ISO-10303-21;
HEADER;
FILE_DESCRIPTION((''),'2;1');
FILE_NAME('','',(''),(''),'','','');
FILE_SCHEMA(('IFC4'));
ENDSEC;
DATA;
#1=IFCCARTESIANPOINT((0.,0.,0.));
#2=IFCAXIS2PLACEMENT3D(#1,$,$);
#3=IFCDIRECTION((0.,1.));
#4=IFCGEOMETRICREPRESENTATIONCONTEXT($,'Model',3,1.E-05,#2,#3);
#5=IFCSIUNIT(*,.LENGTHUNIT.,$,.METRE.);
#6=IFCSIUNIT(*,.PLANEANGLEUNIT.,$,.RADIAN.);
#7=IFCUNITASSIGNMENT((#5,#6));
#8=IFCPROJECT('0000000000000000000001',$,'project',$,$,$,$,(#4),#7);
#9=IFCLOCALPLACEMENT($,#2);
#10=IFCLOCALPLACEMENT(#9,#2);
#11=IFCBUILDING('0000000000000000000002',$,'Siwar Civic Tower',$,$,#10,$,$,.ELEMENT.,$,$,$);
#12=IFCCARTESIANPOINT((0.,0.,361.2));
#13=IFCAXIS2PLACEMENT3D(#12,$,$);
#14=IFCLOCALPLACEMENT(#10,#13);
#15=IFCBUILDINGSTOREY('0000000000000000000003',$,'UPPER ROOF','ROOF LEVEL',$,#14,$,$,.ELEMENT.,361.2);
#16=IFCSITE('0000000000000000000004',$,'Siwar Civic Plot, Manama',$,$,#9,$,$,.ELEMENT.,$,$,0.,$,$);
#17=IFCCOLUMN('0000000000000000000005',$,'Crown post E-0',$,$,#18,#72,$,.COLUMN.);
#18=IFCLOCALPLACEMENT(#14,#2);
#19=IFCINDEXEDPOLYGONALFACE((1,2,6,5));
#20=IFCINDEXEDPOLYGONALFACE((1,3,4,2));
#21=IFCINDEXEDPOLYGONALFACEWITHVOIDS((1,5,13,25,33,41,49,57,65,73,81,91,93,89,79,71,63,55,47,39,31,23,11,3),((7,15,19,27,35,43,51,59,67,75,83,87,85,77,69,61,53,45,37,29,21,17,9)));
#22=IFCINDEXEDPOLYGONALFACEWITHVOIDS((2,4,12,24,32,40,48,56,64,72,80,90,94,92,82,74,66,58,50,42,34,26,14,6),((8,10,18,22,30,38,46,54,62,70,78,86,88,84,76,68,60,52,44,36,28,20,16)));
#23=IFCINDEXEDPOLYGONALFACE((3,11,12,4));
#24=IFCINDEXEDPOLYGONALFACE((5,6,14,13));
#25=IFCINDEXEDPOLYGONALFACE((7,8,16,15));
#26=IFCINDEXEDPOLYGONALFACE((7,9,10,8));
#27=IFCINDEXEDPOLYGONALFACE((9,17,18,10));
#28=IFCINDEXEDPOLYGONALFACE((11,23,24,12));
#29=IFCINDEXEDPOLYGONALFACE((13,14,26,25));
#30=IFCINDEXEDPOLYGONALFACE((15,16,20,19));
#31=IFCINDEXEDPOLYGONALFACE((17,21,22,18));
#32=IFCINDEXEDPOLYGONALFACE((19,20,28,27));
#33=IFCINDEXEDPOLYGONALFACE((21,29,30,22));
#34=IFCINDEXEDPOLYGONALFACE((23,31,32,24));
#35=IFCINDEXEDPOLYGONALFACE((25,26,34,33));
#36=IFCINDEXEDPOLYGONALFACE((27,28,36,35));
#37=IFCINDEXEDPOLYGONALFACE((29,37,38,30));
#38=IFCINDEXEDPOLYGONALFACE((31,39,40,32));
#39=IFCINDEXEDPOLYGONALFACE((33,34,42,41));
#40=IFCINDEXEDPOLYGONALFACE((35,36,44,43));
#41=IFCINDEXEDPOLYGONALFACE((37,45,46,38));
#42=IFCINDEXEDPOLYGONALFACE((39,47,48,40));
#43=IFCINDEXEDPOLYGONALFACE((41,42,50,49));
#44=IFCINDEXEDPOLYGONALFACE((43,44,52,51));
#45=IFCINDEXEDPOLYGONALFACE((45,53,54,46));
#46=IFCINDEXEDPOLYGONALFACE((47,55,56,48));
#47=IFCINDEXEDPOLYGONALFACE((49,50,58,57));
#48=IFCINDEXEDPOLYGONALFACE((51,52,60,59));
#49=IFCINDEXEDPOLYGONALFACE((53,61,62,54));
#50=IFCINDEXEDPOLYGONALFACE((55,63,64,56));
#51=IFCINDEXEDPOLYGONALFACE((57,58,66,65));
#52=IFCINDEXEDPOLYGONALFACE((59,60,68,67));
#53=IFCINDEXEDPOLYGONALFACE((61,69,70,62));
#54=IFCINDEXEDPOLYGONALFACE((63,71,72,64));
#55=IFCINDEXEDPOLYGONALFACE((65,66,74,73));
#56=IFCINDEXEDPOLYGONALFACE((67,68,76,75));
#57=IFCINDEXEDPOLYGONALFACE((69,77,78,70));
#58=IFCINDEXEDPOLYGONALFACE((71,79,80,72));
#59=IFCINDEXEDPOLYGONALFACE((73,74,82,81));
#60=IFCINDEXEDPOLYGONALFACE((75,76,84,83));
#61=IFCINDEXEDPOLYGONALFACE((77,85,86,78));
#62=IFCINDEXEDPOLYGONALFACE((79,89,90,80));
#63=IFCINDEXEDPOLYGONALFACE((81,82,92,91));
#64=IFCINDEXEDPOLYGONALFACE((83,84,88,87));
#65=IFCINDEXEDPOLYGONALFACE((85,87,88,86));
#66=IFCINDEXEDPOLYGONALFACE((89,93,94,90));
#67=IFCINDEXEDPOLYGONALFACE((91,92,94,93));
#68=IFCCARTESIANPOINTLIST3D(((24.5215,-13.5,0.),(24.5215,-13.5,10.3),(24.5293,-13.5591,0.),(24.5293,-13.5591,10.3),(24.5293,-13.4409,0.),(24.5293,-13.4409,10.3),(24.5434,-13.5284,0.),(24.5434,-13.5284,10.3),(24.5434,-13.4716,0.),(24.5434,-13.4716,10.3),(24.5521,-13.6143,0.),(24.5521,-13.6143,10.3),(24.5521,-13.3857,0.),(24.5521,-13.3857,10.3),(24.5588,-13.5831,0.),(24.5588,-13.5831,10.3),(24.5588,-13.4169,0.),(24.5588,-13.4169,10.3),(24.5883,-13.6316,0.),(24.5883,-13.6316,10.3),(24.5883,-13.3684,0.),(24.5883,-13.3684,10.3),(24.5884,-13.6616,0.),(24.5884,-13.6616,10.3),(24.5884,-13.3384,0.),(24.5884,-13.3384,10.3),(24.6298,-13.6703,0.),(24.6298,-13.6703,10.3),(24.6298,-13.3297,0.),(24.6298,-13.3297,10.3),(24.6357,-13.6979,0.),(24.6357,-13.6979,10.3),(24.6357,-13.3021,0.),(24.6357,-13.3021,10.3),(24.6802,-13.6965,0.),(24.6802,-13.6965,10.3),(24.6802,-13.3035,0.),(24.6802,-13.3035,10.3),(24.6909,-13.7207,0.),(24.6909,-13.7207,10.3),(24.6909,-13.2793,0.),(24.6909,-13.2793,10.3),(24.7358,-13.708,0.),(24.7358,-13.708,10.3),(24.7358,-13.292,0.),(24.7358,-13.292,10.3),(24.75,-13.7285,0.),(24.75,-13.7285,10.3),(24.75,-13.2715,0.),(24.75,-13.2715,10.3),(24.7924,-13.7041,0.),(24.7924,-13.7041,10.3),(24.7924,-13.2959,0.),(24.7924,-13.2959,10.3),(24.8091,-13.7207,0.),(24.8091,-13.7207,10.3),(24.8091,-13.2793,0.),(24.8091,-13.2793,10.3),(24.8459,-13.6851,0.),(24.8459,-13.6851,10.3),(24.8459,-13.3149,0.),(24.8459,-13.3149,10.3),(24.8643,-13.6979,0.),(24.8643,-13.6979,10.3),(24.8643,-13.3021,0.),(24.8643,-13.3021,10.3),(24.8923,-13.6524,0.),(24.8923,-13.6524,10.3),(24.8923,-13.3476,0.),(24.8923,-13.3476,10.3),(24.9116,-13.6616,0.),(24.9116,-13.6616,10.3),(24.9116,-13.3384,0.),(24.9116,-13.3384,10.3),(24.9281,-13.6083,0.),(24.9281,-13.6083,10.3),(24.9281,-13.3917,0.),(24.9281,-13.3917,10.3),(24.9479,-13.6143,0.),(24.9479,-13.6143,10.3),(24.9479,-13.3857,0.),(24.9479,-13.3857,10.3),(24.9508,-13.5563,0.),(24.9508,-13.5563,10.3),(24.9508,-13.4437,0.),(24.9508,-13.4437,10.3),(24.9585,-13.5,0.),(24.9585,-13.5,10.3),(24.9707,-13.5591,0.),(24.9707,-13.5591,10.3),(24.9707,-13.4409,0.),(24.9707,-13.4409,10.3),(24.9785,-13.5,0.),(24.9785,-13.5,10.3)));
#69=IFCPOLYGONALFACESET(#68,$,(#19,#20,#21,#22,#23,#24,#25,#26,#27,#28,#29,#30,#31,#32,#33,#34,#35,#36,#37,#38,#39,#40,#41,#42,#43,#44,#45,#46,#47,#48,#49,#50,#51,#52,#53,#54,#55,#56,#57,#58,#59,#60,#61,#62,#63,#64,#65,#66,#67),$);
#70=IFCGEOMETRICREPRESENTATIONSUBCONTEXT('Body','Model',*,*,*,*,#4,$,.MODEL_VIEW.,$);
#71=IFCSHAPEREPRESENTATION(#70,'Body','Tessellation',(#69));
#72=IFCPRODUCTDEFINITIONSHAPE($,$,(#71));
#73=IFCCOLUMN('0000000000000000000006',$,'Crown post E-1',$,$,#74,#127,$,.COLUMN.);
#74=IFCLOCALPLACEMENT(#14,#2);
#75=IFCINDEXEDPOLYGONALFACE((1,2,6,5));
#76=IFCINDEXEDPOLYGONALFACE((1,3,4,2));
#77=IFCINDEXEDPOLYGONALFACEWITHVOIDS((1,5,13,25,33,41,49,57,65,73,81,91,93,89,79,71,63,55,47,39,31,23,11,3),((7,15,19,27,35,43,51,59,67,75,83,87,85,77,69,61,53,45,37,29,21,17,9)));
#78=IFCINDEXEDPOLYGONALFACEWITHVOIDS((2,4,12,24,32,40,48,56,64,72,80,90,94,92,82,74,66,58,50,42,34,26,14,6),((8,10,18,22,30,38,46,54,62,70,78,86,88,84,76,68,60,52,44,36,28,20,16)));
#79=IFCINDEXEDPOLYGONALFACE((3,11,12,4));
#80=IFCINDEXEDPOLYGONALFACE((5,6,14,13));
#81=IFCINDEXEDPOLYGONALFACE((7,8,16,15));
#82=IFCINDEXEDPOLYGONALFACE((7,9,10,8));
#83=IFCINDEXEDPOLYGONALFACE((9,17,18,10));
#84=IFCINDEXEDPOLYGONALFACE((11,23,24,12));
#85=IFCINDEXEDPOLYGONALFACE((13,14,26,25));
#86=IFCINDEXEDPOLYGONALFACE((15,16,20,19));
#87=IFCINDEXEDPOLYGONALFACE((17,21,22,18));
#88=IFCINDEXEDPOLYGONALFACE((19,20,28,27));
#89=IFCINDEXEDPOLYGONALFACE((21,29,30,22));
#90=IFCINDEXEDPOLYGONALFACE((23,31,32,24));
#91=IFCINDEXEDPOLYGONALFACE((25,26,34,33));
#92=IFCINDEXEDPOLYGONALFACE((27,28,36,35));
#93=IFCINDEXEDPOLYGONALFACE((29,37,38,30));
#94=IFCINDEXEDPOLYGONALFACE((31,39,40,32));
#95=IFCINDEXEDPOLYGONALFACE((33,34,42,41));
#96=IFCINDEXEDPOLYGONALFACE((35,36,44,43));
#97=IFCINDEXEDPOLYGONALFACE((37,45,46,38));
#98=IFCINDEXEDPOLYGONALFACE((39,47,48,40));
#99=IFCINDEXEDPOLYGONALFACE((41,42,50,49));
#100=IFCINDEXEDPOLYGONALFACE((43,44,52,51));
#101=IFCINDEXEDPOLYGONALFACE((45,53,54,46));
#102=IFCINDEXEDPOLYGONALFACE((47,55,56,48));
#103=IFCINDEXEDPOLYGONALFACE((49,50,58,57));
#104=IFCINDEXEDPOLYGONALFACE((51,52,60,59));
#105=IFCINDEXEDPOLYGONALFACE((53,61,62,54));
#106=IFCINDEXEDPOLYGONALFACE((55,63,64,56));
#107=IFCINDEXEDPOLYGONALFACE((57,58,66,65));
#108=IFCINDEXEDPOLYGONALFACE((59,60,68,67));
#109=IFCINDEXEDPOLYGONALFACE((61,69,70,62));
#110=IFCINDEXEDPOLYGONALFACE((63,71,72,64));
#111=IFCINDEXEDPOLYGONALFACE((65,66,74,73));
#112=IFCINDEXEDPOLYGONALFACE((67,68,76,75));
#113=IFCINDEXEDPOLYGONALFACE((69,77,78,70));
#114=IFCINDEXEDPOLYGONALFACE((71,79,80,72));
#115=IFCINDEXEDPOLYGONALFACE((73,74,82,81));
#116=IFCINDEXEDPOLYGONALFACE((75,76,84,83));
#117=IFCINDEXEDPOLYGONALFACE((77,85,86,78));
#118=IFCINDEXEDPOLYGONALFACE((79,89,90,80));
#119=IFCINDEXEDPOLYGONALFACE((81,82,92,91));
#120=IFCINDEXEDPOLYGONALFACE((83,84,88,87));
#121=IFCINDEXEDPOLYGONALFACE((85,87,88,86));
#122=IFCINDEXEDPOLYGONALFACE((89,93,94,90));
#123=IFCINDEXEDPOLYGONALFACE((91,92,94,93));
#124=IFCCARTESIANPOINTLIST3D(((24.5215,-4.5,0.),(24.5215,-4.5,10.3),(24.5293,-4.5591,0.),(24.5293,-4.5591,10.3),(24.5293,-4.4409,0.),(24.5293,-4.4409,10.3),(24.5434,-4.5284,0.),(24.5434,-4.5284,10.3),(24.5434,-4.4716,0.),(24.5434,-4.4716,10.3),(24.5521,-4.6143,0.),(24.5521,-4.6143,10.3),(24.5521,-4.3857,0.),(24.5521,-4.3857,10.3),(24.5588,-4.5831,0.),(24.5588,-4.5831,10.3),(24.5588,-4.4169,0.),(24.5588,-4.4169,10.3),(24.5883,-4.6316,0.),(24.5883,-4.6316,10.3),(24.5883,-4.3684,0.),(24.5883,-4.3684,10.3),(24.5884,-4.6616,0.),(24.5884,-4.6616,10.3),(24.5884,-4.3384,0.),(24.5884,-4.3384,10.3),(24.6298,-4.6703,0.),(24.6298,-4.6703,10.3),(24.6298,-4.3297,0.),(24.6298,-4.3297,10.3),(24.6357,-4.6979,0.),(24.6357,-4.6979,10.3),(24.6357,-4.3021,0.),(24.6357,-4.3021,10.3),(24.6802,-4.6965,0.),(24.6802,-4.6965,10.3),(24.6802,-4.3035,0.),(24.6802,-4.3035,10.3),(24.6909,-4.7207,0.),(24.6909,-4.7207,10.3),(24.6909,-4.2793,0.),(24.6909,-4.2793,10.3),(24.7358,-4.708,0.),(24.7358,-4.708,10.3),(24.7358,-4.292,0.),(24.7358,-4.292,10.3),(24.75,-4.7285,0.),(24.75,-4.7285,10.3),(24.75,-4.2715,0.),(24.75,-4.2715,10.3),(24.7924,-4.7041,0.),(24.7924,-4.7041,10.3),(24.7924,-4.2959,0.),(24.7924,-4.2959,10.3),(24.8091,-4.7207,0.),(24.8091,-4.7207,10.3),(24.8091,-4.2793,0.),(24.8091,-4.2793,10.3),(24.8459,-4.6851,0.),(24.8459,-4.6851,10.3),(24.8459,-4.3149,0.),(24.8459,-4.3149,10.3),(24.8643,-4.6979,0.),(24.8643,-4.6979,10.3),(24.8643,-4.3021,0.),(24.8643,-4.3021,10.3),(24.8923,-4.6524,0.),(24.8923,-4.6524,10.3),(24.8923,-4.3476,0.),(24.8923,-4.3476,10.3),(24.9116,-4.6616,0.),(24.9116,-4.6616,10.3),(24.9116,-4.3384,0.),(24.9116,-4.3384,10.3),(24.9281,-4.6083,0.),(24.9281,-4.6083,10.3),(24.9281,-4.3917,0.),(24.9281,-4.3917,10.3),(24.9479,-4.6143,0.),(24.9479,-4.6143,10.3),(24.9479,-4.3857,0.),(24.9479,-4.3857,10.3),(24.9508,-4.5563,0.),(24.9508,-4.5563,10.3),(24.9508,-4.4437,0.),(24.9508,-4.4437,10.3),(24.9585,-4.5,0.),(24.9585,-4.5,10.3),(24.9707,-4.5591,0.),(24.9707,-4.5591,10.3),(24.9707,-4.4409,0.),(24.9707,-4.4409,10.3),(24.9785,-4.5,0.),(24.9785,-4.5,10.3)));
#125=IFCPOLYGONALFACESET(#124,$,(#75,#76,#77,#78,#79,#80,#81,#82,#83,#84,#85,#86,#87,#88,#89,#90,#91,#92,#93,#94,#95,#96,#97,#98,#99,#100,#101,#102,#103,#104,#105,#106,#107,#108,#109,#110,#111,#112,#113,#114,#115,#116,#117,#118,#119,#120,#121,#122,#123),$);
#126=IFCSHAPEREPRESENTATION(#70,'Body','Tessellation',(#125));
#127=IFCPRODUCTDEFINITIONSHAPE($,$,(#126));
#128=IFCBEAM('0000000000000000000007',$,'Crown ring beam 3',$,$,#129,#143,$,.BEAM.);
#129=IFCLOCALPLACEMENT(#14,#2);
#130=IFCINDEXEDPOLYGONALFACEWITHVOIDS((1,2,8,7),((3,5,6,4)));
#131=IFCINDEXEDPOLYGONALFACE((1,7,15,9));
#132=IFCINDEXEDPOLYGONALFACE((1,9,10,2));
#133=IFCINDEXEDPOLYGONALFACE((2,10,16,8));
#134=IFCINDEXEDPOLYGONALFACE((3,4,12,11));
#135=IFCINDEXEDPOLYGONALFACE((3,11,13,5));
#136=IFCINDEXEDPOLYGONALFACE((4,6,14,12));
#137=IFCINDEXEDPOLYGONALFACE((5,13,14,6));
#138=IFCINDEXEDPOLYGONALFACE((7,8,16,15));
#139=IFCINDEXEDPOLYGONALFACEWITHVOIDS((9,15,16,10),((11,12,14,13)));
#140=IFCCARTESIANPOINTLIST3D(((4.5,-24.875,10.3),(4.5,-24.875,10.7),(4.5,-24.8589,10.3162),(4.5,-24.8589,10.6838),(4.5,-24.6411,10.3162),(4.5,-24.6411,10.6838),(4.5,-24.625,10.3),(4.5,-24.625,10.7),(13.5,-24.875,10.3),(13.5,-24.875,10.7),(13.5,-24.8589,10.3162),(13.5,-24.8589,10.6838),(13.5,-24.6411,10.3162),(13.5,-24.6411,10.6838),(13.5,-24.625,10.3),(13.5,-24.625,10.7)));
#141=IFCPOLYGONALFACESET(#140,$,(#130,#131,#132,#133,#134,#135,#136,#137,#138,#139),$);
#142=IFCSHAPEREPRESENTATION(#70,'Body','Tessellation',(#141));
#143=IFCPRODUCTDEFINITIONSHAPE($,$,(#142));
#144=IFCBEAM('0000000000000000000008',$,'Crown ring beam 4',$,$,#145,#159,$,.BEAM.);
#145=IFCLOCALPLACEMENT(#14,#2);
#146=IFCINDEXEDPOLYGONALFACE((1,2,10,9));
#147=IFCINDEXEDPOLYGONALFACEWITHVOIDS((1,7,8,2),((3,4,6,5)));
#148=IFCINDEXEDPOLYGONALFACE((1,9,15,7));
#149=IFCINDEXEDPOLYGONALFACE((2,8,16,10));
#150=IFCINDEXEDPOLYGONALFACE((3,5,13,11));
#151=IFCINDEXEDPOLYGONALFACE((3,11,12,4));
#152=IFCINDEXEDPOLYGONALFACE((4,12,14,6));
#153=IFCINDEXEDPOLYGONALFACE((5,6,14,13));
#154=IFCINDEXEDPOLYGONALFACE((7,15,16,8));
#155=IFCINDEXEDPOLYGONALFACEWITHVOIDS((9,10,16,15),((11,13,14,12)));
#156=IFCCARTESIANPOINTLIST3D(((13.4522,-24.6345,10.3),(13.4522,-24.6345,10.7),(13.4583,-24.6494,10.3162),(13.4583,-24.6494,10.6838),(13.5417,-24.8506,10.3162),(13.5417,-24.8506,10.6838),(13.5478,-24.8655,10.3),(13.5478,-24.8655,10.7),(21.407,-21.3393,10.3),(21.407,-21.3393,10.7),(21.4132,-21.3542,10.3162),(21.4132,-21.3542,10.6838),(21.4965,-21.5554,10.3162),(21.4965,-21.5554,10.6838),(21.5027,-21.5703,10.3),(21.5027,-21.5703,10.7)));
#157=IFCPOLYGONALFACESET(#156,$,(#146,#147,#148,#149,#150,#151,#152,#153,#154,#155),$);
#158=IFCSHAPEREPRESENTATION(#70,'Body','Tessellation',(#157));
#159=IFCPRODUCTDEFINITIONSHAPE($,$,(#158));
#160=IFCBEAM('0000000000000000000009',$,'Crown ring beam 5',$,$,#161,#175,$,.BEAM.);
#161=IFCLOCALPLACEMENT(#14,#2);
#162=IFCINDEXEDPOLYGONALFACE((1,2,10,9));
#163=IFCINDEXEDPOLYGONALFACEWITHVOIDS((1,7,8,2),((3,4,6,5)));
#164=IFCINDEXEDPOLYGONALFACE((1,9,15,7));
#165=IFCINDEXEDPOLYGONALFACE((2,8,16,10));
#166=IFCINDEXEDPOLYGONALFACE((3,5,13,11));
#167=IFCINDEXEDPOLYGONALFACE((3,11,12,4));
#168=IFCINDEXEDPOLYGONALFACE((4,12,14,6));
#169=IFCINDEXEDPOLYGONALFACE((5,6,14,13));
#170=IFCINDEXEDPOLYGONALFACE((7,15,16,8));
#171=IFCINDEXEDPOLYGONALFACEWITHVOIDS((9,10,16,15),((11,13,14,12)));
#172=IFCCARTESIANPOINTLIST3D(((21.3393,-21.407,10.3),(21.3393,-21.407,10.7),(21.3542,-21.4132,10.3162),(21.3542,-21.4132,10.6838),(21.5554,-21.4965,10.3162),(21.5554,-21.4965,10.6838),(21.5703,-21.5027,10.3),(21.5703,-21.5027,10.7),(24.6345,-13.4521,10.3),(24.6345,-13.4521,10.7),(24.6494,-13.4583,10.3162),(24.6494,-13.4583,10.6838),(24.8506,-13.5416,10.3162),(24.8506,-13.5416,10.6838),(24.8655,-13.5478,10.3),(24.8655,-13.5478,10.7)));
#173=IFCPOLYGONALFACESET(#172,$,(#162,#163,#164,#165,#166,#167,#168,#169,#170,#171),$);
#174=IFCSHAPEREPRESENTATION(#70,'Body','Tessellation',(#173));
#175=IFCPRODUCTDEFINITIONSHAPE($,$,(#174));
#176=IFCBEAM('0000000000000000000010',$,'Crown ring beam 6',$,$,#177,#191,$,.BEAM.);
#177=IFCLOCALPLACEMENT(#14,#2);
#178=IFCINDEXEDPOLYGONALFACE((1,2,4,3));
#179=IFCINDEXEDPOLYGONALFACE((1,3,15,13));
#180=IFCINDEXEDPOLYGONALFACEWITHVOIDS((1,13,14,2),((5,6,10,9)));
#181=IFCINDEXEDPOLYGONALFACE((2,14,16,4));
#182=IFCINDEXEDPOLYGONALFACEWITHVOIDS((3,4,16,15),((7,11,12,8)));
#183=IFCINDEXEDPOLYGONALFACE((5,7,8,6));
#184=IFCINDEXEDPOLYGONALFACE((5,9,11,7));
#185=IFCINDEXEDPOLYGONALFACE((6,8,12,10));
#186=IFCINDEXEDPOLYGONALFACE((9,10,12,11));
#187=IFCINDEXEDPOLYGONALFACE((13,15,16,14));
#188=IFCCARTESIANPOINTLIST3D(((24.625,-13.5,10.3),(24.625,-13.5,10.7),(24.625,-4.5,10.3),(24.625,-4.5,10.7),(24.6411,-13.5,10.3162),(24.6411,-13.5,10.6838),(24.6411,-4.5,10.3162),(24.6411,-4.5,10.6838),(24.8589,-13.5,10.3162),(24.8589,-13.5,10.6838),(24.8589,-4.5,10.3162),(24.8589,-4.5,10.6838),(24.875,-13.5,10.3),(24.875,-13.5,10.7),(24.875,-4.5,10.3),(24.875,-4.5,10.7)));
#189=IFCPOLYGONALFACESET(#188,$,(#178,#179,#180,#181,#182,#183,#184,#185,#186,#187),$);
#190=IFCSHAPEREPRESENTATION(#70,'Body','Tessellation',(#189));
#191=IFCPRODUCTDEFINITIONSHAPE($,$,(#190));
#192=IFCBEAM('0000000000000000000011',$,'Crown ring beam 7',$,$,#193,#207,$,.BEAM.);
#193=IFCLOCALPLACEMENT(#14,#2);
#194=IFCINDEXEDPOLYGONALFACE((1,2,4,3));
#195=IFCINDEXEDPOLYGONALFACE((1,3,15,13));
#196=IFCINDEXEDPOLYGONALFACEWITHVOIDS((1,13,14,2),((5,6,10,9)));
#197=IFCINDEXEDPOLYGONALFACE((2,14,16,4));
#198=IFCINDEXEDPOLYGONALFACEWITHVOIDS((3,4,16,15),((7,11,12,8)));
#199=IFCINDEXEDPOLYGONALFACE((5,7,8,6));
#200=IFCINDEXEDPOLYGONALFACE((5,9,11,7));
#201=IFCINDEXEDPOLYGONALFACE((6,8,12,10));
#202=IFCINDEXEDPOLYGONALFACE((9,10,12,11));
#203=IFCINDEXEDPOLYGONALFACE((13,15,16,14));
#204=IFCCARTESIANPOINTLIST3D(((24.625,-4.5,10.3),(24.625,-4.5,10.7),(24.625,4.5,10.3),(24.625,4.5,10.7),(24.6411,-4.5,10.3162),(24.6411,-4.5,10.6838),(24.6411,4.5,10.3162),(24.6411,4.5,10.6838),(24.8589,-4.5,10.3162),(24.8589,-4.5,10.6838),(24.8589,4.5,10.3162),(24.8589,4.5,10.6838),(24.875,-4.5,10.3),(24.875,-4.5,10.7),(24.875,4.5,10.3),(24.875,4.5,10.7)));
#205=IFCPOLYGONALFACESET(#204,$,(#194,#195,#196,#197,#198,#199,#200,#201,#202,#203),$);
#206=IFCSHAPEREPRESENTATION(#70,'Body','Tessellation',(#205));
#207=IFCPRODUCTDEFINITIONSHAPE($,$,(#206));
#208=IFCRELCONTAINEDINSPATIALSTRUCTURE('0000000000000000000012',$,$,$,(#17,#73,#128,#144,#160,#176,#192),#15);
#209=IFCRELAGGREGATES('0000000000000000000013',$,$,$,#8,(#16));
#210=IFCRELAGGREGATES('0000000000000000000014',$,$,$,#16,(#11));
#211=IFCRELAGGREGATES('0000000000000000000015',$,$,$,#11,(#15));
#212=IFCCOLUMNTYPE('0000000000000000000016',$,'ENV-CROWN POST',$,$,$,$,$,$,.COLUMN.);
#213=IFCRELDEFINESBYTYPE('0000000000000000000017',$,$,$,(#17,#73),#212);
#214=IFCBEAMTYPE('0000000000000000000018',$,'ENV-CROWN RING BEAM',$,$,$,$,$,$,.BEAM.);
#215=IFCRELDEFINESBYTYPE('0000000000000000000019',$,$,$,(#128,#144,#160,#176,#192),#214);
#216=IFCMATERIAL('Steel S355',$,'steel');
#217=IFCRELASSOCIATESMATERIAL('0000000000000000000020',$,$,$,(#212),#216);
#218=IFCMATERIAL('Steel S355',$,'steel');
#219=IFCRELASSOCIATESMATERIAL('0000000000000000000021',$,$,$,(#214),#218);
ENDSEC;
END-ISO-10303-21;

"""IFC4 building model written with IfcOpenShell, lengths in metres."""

from ifc_helpers import new_model, si_unit, direction, frame, origin, origin_2d, place, context, subcontext, project, spatial, hollow_rectangle, hollow_circle, extrude, material, material_profile, profile_set, type_object, element, save


model = new_model("IFC4")

# Units and contexts
model_context = context("Model", 3, precision=1e-05, world=origin(), true_north=direction((0.0, 1.0)))
body_context = subcontext(model_context, "Body", "Model", "MODEL_VIEW")
ifc_project = project(units=[si_unit("LENGTHUNIT", "METRE"), si_unit("PLANEANGLEUNIT", "RADIAN")], contexts=[model_context])

# Site, building, storey
site_placement = place(None, origin())
site = spatial("IfcSite", under=ifc_project, at=site_placement, Name="Siwar Civic Plot, Manama", CompositionType="ELEMENT", RefElevation=0.0)
building_placement = place(site_placement, origin())
building = spatial("IfcBuilding", under=site, at=building_placement, Name="Siwar Civic Tower", CompositionType="ELEMENT")
storey_placement = place(building_placement, frame((0.0, 0.0, 361.2)))
storey = spatial("IfcBuildingStorey", under=building, at=storey_placement, Name="UPPER ROOF", Description="ROOF LEVEL", CompositionType="ELEMENT", Elevation=361.2)

# Columns
ifc_material_1 = material(Name="Steel S355", Category="steel")
ifc_material_profile_1 = material_profile(ifc_material_1, hollow_circle(Radius=0.2285, WallThickness=0.02, at=origin_2d()), Name="CHS457x20")
ifc_profile_set_1 = profile_set([ifc_material_profile_1], Name="Steel S355")
column_type = type_object("IfcColumnType", Name="ENV-CROWN POST", PredefinedType="COLUMN", material=ifc_profile_set_1)
for number, where, z_axis, x_axis, name in (
    (1, (24.75, -13.5, 0.0), (0.0, 0.0, 1.0), (1.0, 0.0, 0.0), "Crown post E-0"),
    (2, (24.75, -4.5, 0.0), (0.0, 0.0, 1.0), (1.0, 0.0, 0.0), "Crown post E-1"),
):
    element("IfcColumn", number, at=place(storey_placement, frame(where, z_axis=z_axis, x_axis=x_axis)), inside=storey, type_object=column_type, Name=name, PredefinedType="COLUMN", context=body_context, shape_type="SweptSolid", body=[
        extrude(hollow_circle(Radius=0.2285, WallThickness=0.02, at=origin_2d()), origin(), (0.0, 0.0, 1.0), 10.3),
    ])

# Beams
ifc_material_2 = material(Name="Steel S355", Category="steel")
ifc_material_profile_2 = material_profile(ifc_material_2, hollow_rectangle(XDim=0.25, YDim=0.3999, WallThickness=0.0161, at=origin_2d()), Name="RHS400x250x16")
ifc_profile_set_2 = profile_set([ifc_material_profile_2], Name="Steel S355")
beam_type = type_object("IfcBeamType", Name="ENV-CROWN RING BEAM", PredefinedType="BEAM", material=ifc_profile_set_2)
beam_placement = place(storey_placement, frame((4.5, -24.75, 10.5), z_axis=(1.0, 0.0, 0.0), x_axis=(0.0, 1.0, 0.0)))
element("IfcBeam", 3, at=beam_placement, inside=storey, type_object=beam_type, Name="Crown ring beam 3", PredefinedType="BEAM", context=body_context, shape_type="SweptSolid", body=[
    extrude(hollow_rectangle(XDim=0.25, YDim=0.3999, WallThickness=0.0161, at=origin_2d()), origin(), (0.0, 0.0, 1.0), 9.0),
])
for number, where, z_axis, x_axis, name in (
    (4, (13.5, -24.75, 10.5), (0.923873, 0.3827, 0.0), (-0.3827, 0.923873, 0.0), "Crown ring beam 4"),
    (5, (21.4548, -21.4548, 10.5), (0.3827, 0.923873, 0.0), (-0.923873, 0.3827, 0.0), "Crown ring beam 5"),
):
    element("IfcBeam", number, at=place(storey_placement, frame(where, z_axis=z_axis, x_axis=x_axis)), inside=storey, type_object=beam_type, Name=name, PredefinedType="BEAM", context=body_context, shape_type="SweptSolid", body=[
        extrude(hollow_rectangle(XDim=0.25, YDim=0.3999, WallThickness=0.0161, at=origin_2d()), origin(), (0.0, 0.0, 1.0), 8.6104),
    ])
for number, where, z_axis, x_axis, name in (
    (6, (24.75, -13.5, 10.5), (0.0, 1.0, 0.0), (-1.0, 0.0, 0.0), "Crown ring beam 6"),
    (7, (24.75, -4.5, 10.5), (0.0, 1.0, 0.0), (-1.0, 0.0, 0.0), "Crown ring beam 7"),
):
    element("IfcBeam", number, at=place(storey_placement, frame(where, z_axis=z_axis, x_axis=x_axis)), inside=storey, type_object=beam_type, Name=name, PredefinedType="BEAM", context=body_context, shape_type="SweptSolid", body=[
        extrude(hollow_rectangle(XDim=0.25, YDim=0.3999, WallThickness=0.0161, at=origin_2d()), origin(), (0.0, 0.0, 1.0), 9.0),
    ])

save(model, "model.ifc")
